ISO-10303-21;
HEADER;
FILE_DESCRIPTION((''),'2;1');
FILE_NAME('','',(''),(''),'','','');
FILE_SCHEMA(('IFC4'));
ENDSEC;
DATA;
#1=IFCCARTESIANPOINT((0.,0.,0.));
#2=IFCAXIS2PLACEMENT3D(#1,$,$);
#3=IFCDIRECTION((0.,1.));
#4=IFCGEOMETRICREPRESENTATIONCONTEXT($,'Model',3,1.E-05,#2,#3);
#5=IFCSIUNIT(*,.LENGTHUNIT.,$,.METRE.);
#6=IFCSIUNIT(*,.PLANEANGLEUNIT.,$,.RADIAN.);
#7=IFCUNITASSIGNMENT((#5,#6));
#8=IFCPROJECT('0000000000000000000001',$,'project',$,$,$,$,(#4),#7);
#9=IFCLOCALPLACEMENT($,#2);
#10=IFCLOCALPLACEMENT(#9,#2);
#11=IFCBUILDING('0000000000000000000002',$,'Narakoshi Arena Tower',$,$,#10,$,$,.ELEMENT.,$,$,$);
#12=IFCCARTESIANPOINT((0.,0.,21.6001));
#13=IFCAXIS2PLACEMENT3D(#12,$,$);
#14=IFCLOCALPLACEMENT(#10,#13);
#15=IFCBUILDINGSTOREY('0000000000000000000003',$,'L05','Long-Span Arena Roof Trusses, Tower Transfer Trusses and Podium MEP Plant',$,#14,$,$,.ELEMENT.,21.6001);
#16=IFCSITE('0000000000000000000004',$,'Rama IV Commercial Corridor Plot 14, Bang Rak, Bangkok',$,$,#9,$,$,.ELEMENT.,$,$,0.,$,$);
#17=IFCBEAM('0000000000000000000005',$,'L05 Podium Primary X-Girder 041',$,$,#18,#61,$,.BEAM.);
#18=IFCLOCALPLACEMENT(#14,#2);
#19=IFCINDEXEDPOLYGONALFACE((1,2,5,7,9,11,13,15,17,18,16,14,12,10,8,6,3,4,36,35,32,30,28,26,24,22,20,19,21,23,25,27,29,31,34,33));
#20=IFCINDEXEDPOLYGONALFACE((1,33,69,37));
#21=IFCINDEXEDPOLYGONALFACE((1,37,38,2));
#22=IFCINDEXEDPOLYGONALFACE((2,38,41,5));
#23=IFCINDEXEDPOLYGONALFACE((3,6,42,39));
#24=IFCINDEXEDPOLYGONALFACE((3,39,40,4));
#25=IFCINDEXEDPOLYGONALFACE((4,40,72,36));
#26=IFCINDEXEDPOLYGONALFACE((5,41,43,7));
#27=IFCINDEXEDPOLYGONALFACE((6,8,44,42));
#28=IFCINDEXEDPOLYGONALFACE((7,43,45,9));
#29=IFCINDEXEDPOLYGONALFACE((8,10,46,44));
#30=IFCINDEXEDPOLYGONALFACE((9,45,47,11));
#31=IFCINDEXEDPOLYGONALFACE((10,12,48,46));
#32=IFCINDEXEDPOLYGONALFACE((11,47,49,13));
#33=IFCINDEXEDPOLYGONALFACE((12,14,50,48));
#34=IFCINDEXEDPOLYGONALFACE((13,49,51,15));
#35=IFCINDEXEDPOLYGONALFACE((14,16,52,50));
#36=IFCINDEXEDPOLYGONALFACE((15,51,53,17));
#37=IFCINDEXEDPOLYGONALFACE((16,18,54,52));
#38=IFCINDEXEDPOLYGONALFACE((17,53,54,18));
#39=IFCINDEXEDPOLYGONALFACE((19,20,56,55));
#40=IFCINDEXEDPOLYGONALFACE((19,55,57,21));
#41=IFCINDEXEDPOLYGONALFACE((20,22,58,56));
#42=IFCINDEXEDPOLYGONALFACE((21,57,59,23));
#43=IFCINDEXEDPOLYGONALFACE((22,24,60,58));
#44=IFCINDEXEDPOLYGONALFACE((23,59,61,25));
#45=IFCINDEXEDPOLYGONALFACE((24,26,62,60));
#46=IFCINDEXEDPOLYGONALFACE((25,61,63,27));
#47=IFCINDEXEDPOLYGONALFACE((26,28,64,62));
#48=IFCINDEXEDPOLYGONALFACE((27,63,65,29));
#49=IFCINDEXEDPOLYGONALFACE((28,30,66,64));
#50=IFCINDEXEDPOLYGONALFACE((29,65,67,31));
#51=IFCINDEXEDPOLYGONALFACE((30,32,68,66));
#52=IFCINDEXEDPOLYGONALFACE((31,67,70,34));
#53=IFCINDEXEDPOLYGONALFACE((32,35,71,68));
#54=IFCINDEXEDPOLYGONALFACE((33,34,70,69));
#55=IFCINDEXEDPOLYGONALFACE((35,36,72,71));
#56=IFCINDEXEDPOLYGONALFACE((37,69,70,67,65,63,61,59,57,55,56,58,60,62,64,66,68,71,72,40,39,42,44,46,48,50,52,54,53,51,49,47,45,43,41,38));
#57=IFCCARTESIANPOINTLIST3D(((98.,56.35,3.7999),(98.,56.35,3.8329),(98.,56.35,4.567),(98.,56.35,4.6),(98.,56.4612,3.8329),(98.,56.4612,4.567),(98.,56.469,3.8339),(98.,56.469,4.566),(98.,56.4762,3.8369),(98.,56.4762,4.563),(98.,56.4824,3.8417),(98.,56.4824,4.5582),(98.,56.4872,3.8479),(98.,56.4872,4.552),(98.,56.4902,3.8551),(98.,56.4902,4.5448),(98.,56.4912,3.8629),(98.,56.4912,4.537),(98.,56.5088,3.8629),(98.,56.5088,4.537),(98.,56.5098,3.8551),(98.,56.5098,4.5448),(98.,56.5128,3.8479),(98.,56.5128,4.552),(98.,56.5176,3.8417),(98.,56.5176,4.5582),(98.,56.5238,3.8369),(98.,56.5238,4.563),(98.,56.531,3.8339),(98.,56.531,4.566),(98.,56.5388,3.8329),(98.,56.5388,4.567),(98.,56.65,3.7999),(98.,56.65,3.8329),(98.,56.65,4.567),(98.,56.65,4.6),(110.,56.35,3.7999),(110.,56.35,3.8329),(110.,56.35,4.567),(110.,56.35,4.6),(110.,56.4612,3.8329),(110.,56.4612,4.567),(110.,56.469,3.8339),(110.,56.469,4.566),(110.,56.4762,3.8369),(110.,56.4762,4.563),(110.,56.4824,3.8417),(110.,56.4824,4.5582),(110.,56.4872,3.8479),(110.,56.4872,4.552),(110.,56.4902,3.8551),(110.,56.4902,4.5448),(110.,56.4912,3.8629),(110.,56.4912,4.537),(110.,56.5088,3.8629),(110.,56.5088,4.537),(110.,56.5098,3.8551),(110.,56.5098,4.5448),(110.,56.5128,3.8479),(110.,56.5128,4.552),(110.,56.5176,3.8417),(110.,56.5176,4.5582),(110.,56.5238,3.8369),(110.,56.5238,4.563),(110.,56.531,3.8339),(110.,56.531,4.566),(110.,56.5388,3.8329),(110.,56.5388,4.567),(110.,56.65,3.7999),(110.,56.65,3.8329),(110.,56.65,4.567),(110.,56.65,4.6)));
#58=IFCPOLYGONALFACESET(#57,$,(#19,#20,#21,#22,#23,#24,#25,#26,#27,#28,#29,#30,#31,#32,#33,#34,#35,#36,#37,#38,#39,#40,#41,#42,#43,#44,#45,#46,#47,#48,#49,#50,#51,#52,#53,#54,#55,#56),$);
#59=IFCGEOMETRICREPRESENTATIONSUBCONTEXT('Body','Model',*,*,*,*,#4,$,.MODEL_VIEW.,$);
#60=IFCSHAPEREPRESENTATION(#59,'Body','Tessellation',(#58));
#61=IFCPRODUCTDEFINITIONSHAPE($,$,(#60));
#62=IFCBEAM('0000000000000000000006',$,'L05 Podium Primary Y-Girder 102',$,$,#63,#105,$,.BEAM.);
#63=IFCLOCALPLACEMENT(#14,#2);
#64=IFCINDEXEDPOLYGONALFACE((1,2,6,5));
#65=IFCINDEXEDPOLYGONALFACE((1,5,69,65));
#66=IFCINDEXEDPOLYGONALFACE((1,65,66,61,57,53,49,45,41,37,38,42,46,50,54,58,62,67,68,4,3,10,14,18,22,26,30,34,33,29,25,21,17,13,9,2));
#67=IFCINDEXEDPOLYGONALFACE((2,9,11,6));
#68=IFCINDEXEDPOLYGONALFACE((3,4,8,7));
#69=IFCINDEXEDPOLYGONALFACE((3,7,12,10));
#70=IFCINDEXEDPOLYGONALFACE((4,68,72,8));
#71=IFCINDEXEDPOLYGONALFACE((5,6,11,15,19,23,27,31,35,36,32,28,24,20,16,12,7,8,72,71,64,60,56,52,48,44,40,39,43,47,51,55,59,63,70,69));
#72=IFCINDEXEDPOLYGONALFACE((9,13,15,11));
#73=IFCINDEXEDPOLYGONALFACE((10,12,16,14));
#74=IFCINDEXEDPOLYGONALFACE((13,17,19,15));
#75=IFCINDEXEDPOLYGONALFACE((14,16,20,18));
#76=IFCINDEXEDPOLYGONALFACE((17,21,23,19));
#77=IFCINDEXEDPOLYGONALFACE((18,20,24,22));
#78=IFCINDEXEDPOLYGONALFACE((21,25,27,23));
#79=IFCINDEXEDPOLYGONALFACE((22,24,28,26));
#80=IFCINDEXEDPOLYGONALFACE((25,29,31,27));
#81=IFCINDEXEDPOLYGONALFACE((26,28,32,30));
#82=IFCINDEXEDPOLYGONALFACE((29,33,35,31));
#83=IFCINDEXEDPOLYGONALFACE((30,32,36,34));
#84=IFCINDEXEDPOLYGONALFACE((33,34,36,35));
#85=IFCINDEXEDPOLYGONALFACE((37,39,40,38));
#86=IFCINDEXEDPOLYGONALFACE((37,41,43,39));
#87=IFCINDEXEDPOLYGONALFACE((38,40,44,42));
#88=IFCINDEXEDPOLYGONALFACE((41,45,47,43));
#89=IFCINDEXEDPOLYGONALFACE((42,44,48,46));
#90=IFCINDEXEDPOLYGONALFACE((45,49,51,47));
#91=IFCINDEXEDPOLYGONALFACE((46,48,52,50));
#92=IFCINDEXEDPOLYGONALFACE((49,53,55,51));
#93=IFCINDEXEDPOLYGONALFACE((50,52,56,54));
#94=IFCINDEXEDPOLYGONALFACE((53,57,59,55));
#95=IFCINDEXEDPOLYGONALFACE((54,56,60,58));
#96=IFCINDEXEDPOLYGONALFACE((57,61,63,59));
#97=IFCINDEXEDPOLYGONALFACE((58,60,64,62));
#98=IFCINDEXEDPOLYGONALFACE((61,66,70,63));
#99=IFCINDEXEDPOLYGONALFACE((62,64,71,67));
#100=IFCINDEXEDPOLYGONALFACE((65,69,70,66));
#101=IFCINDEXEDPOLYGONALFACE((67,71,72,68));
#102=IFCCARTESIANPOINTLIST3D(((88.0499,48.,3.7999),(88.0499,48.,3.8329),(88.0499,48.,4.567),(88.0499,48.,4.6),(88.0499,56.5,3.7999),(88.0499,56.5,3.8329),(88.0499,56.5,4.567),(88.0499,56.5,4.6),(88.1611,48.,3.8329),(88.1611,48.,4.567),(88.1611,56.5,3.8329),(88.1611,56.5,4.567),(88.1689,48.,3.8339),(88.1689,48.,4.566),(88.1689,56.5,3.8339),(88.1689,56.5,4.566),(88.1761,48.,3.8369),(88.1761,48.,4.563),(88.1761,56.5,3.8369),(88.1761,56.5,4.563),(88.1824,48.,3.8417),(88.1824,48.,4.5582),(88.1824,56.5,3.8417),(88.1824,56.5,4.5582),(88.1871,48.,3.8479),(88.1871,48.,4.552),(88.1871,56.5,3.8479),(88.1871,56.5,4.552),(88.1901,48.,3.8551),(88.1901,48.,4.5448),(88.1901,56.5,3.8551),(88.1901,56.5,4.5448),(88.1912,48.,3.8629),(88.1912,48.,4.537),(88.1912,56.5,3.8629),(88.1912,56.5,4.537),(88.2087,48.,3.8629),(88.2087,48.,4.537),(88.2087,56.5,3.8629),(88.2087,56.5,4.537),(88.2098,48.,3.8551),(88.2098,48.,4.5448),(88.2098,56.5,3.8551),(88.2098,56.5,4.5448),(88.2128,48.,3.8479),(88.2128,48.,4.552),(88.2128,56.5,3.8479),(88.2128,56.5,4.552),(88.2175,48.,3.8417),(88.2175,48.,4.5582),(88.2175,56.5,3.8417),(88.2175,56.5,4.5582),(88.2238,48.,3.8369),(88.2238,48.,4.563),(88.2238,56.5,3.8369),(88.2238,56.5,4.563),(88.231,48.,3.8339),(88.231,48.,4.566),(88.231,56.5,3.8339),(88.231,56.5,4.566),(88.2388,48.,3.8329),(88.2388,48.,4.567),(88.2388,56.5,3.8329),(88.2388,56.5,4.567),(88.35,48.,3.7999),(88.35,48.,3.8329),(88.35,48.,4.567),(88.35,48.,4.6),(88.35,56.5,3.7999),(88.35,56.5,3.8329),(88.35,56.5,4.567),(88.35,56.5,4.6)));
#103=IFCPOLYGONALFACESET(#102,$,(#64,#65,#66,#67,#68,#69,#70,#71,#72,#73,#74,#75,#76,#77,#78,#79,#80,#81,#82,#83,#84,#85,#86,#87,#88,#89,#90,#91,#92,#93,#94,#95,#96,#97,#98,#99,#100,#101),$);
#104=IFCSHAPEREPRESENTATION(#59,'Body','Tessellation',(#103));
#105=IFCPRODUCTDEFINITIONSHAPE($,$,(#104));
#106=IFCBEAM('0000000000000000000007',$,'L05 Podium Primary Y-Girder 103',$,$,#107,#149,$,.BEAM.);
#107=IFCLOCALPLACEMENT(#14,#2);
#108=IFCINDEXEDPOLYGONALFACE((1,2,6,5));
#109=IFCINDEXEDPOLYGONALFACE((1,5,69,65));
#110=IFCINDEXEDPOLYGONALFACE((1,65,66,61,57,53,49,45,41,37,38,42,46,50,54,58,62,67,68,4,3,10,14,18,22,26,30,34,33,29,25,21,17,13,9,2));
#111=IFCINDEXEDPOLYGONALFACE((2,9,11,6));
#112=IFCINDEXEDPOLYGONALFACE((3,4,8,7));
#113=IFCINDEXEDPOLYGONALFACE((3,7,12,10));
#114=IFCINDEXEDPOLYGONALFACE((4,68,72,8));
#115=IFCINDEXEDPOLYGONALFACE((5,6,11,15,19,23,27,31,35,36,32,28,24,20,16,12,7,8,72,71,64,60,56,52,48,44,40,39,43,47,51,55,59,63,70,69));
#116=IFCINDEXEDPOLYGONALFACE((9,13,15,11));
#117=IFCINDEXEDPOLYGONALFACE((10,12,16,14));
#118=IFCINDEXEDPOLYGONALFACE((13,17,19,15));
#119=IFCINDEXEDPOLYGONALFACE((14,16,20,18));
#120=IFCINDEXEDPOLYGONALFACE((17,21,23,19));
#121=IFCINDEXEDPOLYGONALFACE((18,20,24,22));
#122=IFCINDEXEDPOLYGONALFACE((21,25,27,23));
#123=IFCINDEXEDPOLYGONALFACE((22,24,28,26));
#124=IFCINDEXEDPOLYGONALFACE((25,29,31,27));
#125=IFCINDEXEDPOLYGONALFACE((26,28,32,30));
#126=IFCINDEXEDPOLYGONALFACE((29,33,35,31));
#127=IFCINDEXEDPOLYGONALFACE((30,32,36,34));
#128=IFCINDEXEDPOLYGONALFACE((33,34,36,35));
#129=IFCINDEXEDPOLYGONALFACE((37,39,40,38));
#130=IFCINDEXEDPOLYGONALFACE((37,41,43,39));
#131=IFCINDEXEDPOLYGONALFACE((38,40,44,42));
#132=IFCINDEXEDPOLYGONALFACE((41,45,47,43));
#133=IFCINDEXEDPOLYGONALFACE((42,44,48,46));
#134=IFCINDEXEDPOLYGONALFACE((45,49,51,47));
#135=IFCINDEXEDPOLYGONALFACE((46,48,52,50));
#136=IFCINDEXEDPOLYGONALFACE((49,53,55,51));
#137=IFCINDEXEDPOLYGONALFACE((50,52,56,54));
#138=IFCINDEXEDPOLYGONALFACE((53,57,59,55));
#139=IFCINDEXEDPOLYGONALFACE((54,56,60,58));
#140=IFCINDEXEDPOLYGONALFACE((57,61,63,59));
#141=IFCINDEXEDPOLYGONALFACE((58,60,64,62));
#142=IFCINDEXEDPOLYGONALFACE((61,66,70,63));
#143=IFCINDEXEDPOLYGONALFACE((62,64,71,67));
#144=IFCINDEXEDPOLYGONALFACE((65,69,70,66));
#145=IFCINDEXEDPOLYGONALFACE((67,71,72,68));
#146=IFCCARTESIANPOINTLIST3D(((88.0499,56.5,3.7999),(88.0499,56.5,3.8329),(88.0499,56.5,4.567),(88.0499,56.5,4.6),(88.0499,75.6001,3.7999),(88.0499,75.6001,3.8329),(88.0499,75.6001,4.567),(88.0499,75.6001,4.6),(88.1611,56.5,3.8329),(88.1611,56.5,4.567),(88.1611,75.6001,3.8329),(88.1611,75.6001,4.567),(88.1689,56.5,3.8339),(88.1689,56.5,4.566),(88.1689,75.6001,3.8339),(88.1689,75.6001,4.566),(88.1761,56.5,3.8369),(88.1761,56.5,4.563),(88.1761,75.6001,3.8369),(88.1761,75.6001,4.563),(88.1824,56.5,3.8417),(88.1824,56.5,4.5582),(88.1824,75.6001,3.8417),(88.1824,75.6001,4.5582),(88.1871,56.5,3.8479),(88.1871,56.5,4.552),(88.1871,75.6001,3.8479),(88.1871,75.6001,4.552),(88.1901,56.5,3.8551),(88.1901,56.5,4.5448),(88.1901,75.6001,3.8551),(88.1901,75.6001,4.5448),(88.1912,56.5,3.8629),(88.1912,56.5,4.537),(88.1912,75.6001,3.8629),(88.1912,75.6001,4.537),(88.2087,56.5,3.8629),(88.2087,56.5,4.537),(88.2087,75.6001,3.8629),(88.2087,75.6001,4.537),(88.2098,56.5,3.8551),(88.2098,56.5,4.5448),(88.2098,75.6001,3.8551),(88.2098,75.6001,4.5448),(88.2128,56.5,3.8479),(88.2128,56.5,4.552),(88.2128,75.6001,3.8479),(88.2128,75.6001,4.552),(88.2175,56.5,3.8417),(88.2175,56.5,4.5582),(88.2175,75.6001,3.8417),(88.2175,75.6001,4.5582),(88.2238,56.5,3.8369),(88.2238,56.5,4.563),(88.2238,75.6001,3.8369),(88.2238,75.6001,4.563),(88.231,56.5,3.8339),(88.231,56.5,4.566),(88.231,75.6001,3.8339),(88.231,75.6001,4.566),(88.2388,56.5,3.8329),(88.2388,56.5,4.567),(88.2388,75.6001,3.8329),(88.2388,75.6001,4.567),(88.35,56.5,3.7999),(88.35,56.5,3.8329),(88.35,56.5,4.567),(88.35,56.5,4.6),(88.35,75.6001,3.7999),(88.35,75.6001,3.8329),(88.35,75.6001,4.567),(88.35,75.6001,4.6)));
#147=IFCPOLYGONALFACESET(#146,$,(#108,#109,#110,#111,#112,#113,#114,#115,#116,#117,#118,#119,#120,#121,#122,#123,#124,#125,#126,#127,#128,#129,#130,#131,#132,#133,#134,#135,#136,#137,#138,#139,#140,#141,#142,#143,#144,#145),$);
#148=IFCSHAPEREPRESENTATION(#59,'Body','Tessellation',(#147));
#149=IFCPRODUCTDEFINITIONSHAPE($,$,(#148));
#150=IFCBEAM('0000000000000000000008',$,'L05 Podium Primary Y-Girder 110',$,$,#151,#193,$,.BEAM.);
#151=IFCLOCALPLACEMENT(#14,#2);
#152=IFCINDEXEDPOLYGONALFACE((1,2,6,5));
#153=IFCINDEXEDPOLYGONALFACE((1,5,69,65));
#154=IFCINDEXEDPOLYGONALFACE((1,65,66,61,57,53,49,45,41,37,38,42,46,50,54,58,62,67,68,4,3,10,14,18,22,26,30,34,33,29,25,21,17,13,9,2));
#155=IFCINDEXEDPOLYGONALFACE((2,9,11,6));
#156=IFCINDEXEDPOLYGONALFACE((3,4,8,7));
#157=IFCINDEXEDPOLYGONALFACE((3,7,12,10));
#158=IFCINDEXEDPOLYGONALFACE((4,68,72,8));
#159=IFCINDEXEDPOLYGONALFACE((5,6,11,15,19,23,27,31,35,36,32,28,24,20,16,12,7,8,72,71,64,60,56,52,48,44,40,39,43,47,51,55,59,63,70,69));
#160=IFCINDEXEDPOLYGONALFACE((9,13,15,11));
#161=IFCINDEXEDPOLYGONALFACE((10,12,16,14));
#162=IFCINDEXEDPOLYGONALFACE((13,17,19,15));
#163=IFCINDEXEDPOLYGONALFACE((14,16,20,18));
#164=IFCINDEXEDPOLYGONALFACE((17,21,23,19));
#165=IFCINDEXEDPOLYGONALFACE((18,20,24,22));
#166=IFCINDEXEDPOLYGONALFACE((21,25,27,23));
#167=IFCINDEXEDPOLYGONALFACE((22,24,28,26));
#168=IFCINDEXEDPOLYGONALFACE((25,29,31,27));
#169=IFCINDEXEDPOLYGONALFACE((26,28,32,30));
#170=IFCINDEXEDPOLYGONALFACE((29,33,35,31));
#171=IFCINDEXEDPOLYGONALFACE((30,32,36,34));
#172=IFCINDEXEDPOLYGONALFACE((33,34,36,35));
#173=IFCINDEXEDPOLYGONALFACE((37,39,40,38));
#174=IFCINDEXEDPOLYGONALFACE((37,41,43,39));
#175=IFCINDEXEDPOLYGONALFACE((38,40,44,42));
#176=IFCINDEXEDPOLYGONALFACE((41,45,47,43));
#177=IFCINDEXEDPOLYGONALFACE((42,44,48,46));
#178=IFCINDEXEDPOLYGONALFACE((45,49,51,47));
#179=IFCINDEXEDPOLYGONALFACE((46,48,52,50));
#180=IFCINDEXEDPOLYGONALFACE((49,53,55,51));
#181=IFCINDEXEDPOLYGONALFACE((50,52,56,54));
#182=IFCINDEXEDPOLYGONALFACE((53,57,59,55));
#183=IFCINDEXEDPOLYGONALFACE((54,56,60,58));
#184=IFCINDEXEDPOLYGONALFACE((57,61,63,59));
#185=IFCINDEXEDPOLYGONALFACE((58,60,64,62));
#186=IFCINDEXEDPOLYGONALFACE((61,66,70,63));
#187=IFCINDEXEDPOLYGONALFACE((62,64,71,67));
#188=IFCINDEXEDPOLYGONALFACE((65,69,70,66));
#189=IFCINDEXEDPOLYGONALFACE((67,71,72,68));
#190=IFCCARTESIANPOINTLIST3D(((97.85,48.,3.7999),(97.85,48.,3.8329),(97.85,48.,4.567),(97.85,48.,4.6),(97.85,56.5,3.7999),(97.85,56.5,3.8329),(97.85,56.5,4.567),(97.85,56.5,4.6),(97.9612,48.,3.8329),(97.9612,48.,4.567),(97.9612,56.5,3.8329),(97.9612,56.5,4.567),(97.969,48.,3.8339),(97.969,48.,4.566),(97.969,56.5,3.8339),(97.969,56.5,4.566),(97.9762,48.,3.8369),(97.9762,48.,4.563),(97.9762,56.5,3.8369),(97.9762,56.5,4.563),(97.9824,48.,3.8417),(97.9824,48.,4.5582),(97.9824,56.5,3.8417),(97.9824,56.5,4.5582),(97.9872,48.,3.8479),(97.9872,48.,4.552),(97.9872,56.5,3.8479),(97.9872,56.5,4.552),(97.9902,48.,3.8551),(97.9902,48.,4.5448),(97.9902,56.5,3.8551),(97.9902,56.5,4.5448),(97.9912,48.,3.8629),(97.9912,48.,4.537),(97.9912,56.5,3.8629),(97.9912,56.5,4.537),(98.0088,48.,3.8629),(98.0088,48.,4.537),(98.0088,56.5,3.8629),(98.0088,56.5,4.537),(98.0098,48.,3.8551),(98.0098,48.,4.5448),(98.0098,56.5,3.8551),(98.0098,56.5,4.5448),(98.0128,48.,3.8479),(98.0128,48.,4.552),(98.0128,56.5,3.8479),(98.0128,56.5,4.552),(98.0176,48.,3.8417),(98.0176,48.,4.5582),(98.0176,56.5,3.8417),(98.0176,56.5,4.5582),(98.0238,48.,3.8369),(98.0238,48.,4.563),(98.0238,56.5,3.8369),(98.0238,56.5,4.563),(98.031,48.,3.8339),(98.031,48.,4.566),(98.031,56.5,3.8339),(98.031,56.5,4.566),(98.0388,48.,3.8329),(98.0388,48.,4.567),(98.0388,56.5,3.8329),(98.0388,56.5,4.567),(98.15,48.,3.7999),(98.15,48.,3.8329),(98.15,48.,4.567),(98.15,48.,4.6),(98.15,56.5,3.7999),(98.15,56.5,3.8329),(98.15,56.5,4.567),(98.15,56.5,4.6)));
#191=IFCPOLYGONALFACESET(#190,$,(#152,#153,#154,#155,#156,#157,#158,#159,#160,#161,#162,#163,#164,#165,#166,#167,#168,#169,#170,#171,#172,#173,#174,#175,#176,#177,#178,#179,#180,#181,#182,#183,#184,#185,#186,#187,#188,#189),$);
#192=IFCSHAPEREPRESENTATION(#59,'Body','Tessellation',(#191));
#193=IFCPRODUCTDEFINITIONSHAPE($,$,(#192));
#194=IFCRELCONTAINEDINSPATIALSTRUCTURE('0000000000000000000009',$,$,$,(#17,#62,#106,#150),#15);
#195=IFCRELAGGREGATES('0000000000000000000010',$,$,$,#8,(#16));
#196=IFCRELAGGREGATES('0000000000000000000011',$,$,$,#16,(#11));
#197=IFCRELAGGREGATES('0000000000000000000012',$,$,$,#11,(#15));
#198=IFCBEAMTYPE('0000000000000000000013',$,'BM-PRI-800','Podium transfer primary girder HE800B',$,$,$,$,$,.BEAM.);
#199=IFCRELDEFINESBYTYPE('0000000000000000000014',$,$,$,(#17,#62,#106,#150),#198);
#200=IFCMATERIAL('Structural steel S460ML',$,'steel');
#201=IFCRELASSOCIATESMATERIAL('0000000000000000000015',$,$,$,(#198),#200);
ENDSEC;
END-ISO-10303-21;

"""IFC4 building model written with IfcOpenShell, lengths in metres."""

from ifc_helpers import new_model, si_unit, direction, frame, origin, origin_2d, place, context, subcontext, project, spatial, i_section, extrude, material, material_profile, profile_set, type_object, element, save


model = new_model("IFC4")

# Units and contexts
model_context = context("Model", 3, precision=1e-05, world=origin(), true_north=direction((0.0, 1.0)))
body_context = subcontext(model_context, "Body", "Model", "MODEL_VIEW")
ifc_project = project(units=[si_unit("LENGTHUNIT", "METRE"), si_unit("PLANEANGLEUNIT", "RADIAN")], contexts=[model_context])

# Site, building, storey
site_placement = place(None, origin())
site = spatial("IfcSite", under=ifc_project, at=site_placement, Name="Rama IV Commercial Corridor Plot 14, Bang Rak, Bangkok", CompositionType="ELEMENT", RefElevation=0.0)
building_placement = place(site_placement, origin())
building = spatial("IfcBuilding", under=site, at=building_placement, Name="Narakoshi Arena Tower", CompositionType="ELEMENT")
storey_placement = place(building_placement, frame((0.0, 0.0, 21.6001)))
storey = spatial("IfcBuildingStorey", under=building, at=storey_placement, Name="L05", Description="Long-Span Arena Roof Trusses, Tower Transfer Trusses and Podium MEP Plant", CompositionType="ELEMENT", Elevation=21.6001)

# Beams
ifc_material_1 = material(Name="Structural steel S460ML", Category="steel")
ifc_material_profile_1 = material_profile(ifc_material_1, i_section(OverallWidth=0.3, OverallDepth=0.8, WebThickness=0.0176, FlangeThickness=0.033, FilletRadius=0.03, at=origin_2d()), Name="HE800B")
ifc_profile_set_1 = profile_set([ifc_material_profile_1], Name="Structural steel S460ML")
beam_type_1 = type_object("IfcBeamType", Name="BM-PRI-800", Description="Podium transfer primary girder HE800B", PredefinedType="BEAM", material=ifc_profile_set_1)
beam_1_placement = place(storey_placement, frame((98.0, 56.5, 4.2), z_axis=(1.0, 0.0, 0.0), x_axis=(0.0, 1.0, 0.0)))
element("IfcBeam", 1, at=beam_1_placement, inside=storey, type_object=beam_type_1, Name="L05 Podium Primary X-Girder 041", PredefinedType="BEAM", context=body_context, shape_type="SweptSolid", body=[
    extrude(i_section(OverallWidth=0.3, OverallDepth=0.8, WebThickness=0.0176, FlangeThickness=0.033, FilletRadius=0.03, at=origin_2d()), origin(), (0.0, 0.0, 1.0), 12.0),
])
beam_2_placement = place(storey_placement, frame((88.2, 48.0, 4.2), z_axis=(0.0, 1.0, 0.0), x_axis=(-1.0, 0.0, 0.0)))
element("IfcBeam", 2, at=beam_2_placement, inside=storey, type_object=beam_type_1, Name="L05 Podium Primary Y-Girder 102", PredefinedType="BEAM", context=body_context, shape_type="SweptSolid", body=[
    extrude(i_section(OverallWidth=0.3, OverallDepth=0.8, WebThickness=0.0176, FlangeThickness=0.033, FilletRadius=0.03, at=origin_2d()), origin(), (0.0, 0.0, 1.0), 8.5),
])
beam_3_placement = place(storey_placement, frame((88.2, 56.5, 4.2), z_axis=(0.0, 1.0, 0.0), x_axis=(-1.0, 0.0, 0.0)))
element("IfcBeam", 3, at=beam_3_placement, inside=storey, type_object=beam_type_1, Name="L05 Podium Primary Y-Girder 103", PredefinedType="BEAM", context=body_context, shape_type="SweptSolid", body=[
    extrude(i_section(OverallWidth=0.3, OverallDepth=0.8, WebThickness=0.0176, FlangeThickness=0.033, FilletRadius=0.03, at=origin_2d()), origin(), (0.0, 0.0, 1.0), 19.1001),
])
beam_4_placement = place(storey_placement, frame((98.0, 48.0, 4.2), z_axis=(0.0, 1.0, 0.0), x_axis=(-1.0, 0.0, 0.0)))
element("IfcBeam", 4, at=beam_4_placement, inside=storey, type_object=beam_type_1, Name="L05 Podium Primary Y-Girder 110", PredefinedType="BEAM", context=body_context, shape_type="SweptSolid", body=[
    extrude(i_section(OverallWidth=0.3, OverallDepth=0.8, WebThickness=0.0176, FlangeThickness=0.033, FilletRadius=0.03, at=origin_2d()), origin(), (0.0, 0.0, 1.0), 8.5),
])

save(model, "model.ifc")
